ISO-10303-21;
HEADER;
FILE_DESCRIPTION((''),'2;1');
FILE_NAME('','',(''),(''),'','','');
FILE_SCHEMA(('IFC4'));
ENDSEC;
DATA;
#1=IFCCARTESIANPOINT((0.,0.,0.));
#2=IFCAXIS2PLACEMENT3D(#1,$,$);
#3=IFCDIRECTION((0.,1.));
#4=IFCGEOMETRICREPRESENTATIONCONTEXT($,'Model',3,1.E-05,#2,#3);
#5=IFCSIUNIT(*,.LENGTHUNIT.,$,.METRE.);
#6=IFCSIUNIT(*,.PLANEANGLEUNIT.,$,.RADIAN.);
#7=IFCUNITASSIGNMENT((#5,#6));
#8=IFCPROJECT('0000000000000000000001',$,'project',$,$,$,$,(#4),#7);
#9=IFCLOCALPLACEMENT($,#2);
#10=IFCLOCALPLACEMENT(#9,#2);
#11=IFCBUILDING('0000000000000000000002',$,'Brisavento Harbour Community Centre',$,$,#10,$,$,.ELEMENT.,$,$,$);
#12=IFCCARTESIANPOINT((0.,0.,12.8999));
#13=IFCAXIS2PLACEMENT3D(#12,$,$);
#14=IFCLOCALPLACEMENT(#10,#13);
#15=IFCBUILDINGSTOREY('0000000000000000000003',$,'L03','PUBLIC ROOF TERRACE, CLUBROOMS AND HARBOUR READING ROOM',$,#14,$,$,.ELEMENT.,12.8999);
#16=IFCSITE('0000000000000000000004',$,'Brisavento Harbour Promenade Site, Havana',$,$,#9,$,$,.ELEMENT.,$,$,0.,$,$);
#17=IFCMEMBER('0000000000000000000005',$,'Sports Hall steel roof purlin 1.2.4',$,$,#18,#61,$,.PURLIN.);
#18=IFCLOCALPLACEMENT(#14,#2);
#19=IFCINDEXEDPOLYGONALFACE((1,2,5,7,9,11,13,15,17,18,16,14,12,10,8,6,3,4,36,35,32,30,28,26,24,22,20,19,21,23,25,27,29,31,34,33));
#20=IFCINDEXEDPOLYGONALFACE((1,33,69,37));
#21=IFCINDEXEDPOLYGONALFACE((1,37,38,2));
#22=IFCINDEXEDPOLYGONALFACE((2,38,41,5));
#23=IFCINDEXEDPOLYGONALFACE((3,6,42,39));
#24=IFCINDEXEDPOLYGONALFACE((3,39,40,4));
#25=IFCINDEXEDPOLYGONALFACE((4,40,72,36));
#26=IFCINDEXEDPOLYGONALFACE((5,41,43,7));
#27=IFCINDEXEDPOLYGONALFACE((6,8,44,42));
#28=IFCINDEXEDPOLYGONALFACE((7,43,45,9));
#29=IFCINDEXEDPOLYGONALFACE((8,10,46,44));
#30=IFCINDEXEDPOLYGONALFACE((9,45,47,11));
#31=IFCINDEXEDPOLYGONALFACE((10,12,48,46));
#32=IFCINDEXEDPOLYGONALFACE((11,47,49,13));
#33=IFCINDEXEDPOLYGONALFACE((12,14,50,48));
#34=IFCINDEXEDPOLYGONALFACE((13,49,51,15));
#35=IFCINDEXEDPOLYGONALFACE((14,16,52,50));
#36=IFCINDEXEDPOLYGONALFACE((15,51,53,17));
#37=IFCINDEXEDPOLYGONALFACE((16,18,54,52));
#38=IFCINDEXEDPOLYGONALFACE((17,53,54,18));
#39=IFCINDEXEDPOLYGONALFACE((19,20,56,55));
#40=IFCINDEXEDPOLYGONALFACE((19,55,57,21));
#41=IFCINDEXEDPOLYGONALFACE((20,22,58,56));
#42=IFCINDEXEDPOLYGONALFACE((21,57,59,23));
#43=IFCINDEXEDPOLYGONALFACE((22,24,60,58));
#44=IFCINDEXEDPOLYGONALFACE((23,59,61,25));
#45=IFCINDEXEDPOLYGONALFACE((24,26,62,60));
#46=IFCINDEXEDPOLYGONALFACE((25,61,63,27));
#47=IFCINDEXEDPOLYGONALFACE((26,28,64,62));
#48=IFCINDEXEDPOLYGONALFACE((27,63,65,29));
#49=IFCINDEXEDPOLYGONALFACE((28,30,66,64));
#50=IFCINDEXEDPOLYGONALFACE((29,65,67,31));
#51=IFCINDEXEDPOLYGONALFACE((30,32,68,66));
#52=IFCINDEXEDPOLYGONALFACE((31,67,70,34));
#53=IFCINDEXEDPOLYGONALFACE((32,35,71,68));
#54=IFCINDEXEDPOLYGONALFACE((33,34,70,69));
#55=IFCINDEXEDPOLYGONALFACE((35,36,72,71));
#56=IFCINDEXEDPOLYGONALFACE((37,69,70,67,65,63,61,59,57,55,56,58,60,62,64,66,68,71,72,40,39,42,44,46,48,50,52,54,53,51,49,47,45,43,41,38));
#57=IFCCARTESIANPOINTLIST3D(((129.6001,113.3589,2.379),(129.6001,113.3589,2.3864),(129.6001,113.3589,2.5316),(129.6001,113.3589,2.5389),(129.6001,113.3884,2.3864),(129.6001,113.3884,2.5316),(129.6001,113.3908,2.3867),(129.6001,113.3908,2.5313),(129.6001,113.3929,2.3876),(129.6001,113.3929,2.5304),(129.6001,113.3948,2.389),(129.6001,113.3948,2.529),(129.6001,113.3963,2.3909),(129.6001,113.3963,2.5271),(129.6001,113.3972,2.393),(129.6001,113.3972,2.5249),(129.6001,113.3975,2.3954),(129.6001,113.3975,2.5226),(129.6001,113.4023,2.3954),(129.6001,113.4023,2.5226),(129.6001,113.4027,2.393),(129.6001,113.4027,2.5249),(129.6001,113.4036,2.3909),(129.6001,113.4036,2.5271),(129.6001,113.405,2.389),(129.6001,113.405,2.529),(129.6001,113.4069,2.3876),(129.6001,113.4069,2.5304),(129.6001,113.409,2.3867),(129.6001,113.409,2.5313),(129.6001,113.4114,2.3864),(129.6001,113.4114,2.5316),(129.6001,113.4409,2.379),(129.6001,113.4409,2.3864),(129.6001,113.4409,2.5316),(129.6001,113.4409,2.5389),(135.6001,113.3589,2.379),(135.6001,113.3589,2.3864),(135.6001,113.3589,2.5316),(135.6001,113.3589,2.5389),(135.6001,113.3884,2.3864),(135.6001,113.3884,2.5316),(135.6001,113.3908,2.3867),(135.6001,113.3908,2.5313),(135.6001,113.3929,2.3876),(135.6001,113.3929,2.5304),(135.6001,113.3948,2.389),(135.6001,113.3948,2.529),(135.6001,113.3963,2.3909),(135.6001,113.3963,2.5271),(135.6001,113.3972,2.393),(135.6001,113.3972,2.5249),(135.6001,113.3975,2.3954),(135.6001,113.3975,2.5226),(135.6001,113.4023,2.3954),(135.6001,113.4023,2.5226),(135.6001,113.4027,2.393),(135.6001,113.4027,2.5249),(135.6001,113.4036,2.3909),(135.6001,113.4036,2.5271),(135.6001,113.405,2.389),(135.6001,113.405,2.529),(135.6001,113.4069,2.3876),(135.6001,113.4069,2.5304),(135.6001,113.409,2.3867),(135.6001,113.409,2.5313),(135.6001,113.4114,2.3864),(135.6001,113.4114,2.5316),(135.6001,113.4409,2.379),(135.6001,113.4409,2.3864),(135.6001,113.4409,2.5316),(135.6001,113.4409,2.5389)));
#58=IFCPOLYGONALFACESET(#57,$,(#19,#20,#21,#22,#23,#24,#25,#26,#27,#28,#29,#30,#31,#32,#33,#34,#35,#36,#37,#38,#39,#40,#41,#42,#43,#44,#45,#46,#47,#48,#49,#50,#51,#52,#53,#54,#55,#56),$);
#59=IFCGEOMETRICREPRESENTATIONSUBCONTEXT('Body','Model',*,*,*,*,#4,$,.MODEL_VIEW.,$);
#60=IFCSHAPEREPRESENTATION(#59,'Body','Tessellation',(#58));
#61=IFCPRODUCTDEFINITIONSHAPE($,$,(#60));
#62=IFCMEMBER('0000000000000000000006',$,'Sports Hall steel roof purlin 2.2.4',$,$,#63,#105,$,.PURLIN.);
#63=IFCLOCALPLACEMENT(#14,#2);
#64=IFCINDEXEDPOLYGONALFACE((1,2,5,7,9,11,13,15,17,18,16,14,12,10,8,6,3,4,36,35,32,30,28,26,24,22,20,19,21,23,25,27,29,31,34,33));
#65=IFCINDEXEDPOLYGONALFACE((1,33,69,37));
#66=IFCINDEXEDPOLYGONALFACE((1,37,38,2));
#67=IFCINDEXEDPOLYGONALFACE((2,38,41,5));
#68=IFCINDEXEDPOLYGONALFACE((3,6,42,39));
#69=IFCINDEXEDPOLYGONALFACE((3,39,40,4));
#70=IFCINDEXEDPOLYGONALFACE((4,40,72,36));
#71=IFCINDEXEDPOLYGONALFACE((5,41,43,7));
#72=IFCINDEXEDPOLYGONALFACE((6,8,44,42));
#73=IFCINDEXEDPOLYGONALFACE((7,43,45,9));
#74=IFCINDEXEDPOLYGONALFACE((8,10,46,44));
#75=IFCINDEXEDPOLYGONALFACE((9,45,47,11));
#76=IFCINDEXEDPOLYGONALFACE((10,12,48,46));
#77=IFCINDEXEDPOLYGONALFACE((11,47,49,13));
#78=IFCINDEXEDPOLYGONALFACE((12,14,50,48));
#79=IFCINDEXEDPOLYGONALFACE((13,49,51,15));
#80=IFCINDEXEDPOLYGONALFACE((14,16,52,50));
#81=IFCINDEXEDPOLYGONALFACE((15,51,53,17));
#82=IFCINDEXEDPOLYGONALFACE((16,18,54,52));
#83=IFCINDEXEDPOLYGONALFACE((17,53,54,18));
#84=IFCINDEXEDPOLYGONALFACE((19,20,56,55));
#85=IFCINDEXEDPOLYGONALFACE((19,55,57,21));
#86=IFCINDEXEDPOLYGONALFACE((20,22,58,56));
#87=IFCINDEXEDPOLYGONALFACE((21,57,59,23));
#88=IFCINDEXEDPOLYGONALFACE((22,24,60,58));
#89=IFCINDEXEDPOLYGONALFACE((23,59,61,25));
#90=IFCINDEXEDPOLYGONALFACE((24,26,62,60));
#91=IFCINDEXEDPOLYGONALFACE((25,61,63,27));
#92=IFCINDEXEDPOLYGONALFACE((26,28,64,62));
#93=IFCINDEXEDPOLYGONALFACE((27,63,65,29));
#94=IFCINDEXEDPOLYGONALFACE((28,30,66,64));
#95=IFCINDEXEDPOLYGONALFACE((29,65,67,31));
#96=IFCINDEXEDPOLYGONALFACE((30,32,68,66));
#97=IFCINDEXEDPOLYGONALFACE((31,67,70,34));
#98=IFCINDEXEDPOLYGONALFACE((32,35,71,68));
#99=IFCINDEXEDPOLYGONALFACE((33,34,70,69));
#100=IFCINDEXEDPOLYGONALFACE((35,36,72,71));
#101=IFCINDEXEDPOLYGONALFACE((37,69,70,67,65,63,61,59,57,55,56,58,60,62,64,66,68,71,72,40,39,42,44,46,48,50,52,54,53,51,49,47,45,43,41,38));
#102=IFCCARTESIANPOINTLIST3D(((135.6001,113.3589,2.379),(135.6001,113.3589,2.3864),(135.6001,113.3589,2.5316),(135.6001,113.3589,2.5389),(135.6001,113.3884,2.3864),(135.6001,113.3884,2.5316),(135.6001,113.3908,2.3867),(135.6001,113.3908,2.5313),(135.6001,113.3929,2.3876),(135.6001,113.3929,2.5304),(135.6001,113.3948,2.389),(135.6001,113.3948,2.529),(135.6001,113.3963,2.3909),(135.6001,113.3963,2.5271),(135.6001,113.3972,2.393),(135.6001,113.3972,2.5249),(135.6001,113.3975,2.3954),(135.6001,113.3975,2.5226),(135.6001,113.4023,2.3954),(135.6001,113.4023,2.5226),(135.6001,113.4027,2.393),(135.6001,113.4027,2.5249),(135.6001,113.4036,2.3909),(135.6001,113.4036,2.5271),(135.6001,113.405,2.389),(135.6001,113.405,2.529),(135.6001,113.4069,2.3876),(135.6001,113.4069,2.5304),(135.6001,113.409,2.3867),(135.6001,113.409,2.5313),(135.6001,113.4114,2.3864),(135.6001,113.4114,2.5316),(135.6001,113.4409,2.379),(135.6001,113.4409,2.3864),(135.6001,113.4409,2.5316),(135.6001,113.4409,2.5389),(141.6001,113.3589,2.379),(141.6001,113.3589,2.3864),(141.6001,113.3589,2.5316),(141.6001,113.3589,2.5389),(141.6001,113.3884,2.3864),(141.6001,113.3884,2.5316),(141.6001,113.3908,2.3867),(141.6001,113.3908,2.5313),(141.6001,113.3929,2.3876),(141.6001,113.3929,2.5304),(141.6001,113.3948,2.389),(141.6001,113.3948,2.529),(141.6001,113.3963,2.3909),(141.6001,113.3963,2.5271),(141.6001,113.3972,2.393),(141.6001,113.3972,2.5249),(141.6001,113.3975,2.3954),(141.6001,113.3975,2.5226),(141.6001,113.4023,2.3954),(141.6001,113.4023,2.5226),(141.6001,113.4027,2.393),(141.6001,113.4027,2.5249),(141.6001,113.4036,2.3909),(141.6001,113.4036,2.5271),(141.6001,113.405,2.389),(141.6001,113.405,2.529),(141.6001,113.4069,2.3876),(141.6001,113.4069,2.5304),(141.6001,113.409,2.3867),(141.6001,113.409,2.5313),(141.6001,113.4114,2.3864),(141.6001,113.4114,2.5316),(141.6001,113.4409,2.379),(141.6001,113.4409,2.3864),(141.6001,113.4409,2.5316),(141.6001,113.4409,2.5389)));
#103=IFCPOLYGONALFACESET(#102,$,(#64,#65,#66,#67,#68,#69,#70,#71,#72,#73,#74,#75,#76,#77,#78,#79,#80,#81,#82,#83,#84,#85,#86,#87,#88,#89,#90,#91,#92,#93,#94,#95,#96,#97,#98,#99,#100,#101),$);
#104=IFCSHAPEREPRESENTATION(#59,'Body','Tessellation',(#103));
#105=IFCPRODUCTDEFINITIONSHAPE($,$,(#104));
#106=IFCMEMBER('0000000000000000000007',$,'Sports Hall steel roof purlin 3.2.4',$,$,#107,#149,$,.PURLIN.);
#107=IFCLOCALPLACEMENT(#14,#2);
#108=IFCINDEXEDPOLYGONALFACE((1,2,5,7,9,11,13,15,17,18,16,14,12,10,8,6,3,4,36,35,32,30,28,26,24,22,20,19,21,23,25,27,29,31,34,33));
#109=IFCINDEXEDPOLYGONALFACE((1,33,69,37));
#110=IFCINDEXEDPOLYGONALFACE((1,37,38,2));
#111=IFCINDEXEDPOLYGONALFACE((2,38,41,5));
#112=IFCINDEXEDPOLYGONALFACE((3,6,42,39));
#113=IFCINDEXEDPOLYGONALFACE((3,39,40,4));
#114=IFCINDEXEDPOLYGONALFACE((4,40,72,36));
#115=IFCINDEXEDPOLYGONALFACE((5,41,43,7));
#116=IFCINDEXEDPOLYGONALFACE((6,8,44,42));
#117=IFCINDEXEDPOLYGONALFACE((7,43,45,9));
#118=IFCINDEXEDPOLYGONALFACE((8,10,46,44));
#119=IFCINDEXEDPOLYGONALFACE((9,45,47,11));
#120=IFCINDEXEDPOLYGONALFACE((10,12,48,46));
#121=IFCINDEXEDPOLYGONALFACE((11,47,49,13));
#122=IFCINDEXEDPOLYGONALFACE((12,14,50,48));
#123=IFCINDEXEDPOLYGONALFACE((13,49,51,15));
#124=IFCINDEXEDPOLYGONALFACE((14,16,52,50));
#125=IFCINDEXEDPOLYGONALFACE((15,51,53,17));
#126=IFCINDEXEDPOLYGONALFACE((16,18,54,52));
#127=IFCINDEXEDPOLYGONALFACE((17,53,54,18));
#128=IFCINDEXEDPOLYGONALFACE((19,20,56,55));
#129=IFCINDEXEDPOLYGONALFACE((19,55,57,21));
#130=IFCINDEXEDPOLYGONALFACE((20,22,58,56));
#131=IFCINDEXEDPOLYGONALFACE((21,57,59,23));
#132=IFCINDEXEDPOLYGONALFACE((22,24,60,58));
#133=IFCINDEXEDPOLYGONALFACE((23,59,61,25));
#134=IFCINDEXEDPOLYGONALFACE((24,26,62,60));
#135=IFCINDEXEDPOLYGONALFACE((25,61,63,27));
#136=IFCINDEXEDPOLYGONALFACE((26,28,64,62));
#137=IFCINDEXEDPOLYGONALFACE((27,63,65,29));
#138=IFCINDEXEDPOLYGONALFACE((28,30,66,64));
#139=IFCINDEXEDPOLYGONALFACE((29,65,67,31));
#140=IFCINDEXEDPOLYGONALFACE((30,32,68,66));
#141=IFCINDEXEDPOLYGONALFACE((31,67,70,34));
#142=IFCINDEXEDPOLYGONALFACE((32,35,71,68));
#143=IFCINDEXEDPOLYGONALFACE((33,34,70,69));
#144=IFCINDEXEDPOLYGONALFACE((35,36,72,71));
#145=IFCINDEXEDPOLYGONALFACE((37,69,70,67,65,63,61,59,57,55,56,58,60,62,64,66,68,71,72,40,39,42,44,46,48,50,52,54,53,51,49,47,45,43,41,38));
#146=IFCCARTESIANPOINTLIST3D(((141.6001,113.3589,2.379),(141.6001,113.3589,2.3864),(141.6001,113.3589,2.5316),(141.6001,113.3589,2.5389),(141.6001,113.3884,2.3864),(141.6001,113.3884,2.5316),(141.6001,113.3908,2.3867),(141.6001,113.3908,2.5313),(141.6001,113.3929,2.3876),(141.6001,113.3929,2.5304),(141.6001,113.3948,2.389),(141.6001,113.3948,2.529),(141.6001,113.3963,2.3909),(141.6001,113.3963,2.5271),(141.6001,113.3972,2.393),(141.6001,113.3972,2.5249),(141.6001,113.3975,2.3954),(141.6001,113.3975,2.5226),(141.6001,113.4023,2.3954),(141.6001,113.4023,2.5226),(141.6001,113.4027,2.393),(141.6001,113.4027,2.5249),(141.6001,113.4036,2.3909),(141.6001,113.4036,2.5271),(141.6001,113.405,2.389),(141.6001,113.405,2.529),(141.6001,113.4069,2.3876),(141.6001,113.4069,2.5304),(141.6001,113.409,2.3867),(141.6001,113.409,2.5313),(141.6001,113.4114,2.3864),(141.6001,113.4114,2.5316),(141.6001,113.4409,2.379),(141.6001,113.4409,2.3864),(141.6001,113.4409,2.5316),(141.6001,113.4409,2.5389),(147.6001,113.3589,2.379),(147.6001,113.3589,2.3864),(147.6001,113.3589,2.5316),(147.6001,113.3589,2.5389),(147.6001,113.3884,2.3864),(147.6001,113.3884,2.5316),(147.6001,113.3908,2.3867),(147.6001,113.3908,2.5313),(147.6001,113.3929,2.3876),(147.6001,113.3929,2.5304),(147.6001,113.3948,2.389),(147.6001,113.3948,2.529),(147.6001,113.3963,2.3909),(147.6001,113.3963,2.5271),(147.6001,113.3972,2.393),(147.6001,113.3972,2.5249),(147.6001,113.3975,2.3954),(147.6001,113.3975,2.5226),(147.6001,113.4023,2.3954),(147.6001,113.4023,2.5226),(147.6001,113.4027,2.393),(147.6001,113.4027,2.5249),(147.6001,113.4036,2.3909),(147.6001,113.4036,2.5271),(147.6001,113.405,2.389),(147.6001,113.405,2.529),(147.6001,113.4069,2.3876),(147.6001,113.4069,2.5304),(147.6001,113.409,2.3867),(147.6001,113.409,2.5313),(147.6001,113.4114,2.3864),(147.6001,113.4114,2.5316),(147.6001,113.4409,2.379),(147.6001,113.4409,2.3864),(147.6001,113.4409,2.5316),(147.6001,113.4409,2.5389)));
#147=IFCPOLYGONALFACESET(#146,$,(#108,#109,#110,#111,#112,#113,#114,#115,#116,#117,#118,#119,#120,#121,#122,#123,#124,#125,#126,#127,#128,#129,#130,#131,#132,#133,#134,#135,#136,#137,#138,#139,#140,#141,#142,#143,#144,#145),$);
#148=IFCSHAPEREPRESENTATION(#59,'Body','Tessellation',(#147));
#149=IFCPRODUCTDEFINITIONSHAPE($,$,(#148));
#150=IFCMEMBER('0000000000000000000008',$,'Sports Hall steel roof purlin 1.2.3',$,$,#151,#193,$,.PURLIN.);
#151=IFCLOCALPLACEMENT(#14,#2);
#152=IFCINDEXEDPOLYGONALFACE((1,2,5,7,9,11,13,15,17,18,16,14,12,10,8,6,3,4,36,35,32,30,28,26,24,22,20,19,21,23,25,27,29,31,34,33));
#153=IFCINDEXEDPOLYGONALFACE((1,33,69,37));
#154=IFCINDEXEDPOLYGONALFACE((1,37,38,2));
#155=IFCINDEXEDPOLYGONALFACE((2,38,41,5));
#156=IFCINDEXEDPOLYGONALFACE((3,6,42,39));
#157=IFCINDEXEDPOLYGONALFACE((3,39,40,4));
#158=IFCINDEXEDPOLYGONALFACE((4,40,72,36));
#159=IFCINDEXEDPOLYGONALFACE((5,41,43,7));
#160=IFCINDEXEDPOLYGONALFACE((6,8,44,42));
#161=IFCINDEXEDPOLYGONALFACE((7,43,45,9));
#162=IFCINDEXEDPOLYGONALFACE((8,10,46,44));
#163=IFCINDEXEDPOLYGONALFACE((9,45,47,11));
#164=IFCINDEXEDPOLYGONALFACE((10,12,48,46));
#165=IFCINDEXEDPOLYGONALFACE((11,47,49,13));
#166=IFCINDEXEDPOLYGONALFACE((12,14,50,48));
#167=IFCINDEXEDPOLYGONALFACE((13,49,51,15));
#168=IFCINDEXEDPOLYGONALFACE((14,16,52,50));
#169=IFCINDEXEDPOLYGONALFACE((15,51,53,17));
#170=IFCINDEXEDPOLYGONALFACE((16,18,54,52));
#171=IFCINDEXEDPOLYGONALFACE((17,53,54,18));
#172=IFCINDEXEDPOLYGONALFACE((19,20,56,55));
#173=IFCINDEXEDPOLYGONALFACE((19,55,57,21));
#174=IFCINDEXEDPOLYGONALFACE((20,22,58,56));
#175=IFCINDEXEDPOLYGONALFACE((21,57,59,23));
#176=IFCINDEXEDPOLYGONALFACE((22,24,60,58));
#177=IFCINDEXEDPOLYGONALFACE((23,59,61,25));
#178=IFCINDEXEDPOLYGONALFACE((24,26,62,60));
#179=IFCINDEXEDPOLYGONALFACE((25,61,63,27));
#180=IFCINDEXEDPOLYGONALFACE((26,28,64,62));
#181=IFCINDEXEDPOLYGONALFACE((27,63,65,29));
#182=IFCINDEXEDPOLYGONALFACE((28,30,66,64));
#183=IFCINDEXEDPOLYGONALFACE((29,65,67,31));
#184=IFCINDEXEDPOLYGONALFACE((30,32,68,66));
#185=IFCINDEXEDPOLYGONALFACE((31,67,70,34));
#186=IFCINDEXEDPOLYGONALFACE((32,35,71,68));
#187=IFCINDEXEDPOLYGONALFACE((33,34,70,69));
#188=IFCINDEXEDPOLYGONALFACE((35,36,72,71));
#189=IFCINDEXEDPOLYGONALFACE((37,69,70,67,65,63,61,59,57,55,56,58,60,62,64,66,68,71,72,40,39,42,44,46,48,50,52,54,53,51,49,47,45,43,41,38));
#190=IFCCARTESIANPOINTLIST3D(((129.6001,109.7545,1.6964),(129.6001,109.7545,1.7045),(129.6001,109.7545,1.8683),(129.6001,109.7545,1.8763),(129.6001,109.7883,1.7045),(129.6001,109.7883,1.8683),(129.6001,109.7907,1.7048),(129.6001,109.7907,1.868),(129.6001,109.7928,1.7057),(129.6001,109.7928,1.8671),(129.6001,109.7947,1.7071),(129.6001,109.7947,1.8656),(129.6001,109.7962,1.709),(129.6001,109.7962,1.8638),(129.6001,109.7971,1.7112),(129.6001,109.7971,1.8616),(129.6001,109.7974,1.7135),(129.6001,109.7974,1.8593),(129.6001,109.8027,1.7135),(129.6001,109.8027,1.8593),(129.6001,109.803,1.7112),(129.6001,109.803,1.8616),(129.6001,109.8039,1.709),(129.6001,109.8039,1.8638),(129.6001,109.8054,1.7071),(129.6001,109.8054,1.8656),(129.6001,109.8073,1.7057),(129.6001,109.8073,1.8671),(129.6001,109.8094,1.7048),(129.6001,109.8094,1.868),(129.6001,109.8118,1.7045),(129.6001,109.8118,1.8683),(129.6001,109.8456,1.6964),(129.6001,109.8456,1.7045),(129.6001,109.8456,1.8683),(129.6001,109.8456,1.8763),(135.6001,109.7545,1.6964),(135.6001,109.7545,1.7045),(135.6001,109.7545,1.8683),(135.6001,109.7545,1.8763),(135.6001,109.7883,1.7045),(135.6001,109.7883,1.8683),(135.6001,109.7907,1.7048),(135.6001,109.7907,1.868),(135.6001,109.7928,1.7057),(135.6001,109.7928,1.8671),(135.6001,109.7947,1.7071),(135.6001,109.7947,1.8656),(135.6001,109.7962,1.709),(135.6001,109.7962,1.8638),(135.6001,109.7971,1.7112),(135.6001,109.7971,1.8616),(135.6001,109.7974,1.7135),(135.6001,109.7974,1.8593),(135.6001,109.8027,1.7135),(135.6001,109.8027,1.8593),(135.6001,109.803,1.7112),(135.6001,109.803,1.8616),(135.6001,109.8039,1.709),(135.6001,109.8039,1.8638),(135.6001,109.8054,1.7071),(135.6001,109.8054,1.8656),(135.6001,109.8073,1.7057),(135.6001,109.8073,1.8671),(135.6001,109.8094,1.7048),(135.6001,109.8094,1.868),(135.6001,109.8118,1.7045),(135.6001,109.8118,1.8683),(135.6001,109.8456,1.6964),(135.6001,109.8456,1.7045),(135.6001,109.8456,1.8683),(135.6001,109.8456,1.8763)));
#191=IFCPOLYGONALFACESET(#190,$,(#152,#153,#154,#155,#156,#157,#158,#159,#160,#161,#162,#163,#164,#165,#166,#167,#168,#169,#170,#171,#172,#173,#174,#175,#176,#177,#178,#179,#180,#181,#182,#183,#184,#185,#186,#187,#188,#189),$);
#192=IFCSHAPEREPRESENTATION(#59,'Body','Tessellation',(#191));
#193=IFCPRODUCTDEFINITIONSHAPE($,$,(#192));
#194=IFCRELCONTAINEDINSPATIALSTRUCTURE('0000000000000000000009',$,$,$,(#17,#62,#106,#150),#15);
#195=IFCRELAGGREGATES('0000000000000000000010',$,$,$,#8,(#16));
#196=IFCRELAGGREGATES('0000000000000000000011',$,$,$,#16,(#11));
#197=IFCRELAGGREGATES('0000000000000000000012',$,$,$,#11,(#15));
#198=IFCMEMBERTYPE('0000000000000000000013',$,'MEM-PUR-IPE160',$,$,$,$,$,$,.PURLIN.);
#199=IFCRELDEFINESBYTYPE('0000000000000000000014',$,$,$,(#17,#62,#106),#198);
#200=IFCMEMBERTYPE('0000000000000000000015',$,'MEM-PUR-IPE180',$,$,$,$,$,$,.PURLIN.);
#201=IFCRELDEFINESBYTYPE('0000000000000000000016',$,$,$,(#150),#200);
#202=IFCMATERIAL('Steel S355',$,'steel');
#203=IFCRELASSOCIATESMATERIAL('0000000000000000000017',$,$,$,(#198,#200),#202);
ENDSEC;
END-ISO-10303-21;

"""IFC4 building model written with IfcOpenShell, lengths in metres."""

from ifc_helpers import new_model, si_unit, direction, frame, origin, origin_2d, place, context, subcontext, project, spatial, i_section, extrude, material, material_profile, profile_set, type_object, element, save


model = new_model("IFC4")

# Units and contexts
model_context = context("Model", 3, precision=1e-05, world=origin(), true_north=direction((0.0, 1.0)))
body_context = subcontext(model_context, "Body", "Model", "MODEL_VIEW")
ifc_project = project(units=[si_unit("LENGTHUNIT", "METRE"), si_unit("PLANEANGLEUNIT", "RADIAN")], contexts=[model_context])

# Site, building, storey
site_placement = place(None, origin())
site = spatial("IfcSite", under=ifc_project, at=site_placement, Name="Brisavento Harbour Promenade Site, Havana", CompositionType="ELEMENT", RefElevation=0.0)
building_placement = place(site_placement, origin())
building = spatial("IfcBuilding", under=site, at=building_placement, Name="Brisavento Harbour Community Centre", CompositionType="ELEMENT")
storey_placement = place(building_placement, frame((0.0, 0.0, 12.8999)))
storey = spatial("IfcBuildingStorey", under=building, at=storey_placement, Name="L03", Description="PUBLIC ROOF TERRACE, CLUBROOMS AND HARBOUR READING ROOM", CompositionType="ELEMENT", Elevation=12.8999)

# Members
ifc_material = material(Name="Steel S355", Category="steel")
ifc_material_profile_1 = material_profile(ifc_material, i_section(OverallWidth=0.082, OverallDepth=0.1599, WebThickness=0.0049, FlangeThickness=0.0073, FilletRadius=0.009, at=origin_2d()), Name="Steel S355")
ifc_profile_set_1 = profile_set([ifc_material_profile_1], Name="Steel S355")
member_type_1 = type_object("IfcMemberType", Name="MEM-PUR-IPE160", PredefinedType="PURLIN", material=ifc_profile_set_1)
for number, where, z_axis, x_axis, name in (
    (1, (129.6001, 113.3999, 2.459), (1.0, 0.0, 0.0), (0.0, 1.0, 0.0), "Sports Hall steel roof purlin 1.2.4"),
    (2, (135.6001, 113.3999, 2.459), (1.0, 0.0, 0.0), (0.0, 1.0, 0.0), "Sports Hall steel roof purlin 2.2.4"),
    (3, (141.6001, 113.3999, 2.459), (1.0, 0.0, 0.0), (0.0, 1.0, 0.0), "Sports Hall steel roof purlin 3.2.4"),
):
    element("IfcMember", number, at=place(storey_placement, frame(where, z_axis=z_axis, x_axis=x_axis)), inside=storey, type_object=member_type_1, Name=name, PredefinedType="PURLIN", context=body_context, shape_type="SweptSolid", body=[
        extrude(i_section(OverallWidth=0.082, OverallDepth=0.1599, WebThickness=0.0049, FlangeThickness=0.0073, FilletRadius=0.009, at=origin_2d()), origin(), (0.0, 0.0, 1.0), 6.0),
    ])
ifc_material_profile_2 = material_profile(ifc_material, i_section(OverallWidth=0.0911, OverallDepth=0.1799, WebThickness=0.0054, FlangeThickness=0.0081, FilletRadius=0.009, at=origin_2d()), Name="Steel S355")
ifc_profile_set_2 = profile_set([ifc_material_profile_2], Name="Steel S355")
member_type_2 = type_object("IfcMemberType", Name="MEM-PUR-IPE180", PredefinedType="PURLIN", material=ifc_profile_set_2)
for number, where, z_axis, x_axis, name in (
    (4, (129.6001, 109.8, 1.7864), (1.0, 0.0, 0.0), (0.0, 1.0, 0.0), "Sports Hall steel roof purlin 1.2.3"),
):
    element("IfcMember", number, at=place(storey_placement, frame(where, z_axis=z_axis, x_axis=x_axis)), inside=storey, type_object=member_type_2, Name=name, PredefinedType="PURLIN", context=body_context, shape_type="SweptSolid", body=[
        extrude(i_section(OverallWidth=0.0911, OverallDepth=0.1799, WebThickness=0.0054, FlangeThickness=0.0081, FilletRadius=0.009, at=origin_2d()), origin(), (0.0, 0.0, 1.0), 6.0),
    ])

save(model, "model.ifc")
